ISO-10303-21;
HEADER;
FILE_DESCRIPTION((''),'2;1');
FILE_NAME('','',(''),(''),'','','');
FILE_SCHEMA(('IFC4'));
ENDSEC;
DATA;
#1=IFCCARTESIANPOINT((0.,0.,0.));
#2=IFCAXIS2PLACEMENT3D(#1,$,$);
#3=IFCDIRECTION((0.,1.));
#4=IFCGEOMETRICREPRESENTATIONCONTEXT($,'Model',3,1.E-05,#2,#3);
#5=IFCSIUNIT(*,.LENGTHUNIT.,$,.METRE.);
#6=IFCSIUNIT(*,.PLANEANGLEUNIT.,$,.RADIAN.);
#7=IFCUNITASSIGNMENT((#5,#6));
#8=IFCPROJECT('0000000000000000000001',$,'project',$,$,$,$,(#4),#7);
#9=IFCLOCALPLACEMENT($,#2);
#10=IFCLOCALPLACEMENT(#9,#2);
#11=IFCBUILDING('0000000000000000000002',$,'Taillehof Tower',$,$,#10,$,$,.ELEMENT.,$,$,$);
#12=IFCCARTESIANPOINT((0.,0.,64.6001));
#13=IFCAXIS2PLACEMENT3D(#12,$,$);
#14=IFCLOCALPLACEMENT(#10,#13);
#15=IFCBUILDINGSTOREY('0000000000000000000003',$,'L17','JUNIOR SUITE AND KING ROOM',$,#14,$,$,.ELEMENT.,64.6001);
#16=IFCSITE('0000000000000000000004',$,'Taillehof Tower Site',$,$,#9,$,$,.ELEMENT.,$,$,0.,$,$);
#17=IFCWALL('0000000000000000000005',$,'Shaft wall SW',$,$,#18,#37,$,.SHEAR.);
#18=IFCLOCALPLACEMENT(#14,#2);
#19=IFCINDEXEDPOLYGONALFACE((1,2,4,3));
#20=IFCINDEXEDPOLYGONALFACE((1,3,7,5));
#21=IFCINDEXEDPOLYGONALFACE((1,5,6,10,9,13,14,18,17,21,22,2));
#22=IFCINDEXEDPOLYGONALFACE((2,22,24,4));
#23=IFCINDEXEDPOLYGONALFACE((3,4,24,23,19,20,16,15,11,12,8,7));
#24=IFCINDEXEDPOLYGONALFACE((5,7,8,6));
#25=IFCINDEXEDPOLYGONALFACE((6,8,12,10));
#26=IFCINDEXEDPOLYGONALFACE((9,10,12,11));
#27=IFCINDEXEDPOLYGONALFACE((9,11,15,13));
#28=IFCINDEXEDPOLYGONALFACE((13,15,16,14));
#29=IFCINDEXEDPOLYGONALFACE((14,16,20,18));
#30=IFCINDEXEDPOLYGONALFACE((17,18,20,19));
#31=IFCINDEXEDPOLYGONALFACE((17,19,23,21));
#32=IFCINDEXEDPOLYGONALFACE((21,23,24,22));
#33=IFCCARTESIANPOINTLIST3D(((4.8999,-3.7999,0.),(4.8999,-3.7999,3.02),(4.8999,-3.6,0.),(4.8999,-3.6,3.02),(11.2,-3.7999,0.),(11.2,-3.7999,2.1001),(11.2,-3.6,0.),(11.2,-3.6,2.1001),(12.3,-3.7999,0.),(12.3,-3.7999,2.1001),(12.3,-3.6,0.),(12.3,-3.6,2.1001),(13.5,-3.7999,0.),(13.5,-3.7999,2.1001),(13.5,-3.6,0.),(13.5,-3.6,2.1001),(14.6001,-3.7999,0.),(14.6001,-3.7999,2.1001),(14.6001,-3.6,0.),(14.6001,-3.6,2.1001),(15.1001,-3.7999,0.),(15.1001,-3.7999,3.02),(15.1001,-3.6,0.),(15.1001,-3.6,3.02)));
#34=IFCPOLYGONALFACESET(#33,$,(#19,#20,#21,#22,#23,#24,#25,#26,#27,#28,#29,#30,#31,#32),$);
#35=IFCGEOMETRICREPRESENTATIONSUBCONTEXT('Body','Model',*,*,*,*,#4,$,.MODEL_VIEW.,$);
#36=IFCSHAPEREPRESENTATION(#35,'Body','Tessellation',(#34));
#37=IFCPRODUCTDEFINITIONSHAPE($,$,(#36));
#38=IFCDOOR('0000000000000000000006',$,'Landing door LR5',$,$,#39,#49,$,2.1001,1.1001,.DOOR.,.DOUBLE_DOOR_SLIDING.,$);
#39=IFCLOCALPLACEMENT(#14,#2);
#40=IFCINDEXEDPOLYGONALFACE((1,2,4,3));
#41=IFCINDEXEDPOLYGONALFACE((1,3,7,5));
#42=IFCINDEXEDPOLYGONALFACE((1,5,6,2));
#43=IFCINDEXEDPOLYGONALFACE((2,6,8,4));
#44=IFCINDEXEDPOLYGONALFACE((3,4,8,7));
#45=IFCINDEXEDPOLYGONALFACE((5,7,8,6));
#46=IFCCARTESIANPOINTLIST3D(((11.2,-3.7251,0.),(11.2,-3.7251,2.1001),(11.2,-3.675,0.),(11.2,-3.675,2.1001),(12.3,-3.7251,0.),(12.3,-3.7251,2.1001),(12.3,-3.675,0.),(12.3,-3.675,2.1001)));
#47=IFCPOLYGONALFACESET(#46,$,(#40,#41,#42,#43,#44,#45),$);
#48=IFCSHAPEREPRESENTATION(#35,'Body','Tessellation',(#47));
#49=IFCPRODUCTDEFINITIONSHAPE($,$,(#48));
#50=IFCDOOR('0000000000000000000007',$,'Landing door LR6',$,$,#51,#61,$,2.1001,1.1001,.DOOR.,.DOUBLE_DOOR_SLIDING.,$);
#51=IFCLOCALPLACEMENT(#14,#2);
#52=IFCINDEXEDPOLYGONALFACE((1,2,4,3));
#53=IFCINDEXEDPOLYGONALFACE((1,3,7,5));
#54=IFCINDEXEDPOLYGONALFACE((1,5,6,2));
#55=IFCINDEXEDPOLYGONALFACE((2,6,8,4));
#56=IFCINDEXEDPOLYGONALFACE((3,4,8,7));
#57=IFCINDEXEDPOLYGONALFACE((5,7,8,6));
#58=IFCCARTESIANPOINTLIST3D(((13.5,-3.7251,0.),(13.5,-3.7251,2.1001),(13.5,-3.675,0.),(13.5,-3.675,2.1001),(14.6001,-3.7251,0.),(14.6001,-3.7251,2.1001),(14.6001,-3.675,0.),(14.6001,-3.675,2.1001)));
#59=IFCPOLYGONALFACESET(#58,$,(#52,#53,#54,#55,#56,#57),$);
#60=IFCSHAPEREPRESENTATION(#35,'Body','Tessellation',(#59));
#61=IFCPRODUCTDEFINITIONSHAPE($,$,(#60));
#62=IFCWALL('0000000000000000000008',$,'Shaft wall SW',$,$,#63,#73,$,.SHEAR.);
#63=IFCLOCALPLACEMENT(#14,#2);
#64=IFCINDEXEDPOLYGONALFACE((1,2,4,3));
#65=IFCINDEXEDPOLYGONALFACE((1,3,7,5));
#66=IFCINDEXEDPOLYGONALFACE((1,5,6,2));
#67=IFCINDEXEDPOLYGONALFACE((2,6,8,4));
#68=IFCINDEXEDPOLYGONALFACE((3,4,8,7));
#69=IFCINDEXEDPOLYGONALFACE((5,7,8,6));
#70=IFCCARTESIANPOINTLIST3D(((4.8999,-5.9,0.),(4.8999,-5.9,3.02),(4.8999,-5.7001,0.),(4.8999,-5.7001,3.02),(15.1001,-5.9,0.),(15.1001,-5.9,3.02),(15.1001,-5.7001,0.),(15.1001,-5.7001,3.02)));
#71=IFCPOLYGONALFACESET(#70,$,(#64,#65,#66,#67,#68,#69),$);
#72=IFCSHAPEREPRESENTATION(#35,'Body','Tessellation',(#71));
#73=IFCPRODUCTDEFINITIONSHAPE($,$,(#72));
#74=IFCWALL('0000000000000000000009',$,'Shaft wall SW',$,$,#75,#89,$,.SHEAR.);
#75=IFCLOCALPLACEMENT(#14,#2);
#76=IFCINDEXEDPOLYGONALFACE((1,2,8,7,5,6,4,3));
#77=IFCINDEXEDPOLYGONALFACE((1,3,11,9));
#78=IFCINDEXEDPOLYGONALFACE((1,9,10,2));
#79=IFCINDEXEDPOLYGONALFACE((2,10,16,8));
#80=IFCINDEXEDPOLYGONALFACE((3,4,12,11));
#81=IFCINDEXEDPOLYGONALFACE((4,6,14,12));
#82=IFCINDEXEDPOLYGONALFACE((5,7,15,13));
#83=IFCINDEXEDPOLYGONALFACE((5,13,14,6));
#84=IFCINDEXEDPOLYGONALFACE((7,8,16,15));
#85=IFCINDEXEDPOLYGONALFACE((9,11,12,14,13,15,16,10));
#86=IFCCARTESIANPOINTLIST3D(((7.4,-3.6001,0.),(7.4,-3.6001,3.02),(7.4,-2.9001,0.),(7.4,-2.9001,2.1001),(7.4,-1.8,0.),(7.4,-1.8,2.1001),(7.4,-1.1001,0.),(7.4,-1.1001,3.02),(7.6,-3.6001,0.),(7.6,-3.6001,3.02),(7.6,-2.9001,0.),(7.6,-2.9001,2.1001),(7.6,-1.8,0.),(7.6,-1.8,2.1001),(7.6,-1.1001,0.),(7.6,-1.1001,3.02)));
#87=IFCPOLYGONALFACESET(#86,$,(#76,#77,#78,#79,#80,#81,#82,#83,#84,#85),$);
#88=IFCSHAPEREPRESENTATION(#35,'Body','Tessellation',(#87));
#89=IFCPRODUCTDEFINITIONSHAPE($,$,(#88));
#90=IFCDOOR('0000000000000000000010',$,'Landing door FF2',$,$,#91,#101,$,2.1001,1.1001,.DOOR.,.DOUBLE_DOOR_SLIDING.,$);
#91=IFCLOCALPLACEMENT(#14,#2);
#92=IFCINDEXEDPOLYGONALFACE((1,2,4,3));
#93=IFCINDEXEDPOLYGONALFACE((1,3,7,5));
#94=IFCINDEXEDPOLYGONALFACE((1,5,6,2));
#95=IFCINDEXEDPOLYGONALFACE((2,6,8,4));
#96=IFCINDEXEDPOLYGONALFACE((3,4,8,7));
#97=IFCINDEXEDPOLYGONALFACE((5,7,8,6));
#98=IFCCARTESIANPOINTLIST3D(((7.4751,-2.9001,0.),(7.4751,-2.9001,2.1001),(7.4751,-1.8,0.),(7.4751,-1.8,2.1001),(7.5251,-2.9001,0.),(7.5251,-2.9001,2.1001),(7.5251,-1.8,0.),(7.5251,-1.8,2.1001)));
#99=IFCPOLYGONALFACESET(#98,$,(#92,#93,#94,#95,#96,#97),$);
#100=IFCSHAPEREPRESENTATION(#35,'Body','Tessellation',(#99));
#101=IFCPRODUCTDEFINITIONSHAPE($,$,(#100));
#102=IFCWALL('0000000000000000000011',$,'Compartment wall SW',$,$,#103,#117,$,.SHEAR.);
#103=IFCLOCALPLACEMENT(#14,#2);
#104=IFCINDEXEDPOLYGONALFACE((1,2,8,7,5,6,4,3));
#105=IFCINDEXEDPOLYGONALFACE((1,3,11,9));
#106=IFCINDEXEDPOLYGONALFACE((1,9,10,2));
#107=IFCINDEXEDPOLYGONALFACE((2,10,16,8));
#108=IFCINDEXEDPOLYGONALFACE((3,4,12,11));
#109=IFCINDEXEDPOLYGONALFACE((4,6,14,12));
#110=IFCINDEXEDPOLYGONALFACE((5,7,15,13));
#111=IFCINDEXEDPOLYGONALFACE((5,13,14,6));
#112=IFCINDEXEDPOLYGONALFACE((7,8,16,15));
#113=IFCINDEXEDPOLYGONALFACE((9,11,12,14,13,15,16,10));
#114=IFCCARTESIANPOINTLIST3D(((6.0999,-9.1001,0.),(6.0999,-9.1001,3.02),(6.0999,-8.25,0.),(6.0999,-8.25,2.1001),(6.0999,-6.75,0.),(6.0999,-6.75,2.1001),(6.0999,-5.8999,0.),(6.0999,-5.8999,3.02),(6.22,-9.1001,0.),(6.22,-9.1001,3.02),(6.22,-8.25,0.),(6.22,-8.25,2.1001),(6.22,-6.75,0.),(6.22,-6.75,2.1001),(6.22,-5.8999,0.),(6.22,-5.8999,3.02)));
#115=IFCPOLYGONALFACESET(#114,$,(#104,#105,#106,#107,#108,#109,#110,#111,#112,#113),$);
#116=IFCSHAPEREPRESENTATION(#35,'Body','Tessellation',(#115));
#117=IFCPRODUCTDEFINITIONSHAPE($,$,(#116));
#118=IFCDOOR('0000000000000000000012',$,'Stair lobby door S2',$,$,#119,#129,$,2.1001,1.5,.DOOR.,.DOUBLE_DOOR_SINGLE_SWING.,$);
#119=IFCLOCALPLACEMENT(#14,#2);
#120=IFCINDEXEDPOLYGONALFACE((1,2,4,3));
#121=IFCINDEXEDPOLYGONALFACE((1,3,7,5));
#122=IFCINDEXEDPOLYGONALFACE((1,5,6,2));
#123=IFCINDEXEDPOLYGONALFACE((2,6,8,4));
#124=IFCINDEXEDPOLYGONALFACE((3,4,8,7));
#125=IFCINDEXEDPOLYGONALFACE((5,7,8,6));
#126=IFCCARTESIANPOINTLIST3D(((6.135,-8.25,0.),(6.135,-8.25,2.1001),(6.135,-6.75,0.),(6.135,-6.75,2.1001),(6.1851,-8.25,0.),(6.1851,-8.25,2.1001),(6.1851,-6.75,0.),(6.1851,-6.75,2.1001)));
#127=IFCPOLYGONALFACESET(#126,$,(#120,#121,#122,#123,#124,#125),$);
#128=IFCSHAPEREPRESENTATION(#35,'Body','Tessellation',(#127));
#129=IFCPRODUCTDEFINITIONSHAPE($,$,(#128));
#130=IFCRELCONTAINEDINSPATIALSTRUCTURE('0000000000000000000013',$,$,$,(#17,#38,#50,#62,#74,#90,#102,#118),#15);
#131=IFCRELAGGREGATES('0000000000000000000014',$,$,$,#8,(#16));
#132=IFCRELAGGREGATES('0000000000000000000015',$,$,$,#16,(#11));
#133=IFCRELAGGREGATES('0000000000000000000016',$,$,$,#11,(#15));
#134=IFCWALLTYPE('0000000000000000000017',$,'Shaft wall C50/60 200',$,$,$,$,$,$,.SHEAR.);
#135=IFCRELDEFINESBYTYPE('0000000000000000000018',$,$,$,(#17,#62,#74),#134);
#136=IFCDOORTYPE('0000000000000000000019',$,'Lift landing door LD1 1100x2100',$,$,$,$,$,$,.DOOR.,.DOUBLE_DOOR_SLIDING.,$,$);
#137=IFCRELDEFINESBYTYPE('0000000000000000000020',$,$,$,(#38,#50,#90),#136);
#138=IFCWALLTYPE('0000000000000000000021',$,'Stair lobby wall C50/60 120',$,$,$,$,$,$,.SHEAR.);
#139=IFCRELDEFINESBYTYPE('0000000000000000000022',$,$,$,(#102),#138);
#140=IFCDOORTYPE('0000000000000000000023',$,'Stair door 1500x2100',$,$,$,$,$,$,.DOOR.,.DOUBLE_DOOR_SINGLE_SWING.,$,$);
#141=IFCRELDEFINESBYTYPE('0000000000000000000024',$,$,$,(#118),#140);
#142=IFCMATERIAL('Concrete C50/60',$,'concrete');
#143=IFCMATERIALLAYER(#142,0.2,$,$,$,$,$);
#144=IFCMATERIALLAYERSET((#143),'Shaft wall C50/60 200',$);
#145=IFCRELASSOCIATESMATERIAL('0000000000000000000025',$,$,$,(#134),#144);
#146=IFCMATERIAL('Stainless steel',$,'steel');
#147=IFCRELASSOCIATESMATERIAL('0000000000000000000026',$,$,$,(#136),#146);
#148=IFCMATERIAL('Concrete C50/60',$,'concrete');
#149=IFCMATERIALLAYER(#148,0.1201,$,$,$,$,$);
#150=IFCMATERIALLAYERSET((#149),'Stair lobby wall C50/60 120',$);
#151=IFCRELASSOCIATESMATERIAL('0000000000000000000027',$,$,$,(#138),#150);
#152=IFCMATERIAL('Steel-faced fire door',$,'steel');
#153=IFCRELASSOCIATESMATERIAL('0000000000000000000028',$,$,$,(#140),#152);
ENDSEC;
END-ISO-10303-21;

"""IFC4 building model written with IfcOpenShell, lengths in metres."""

from ifc_helpers import new_model, si_unit, direction, frame, frame_2d, origin, place, context, subcontext, project, spatial, rectangle, extrude, material, layer, layer_set, type_object, element, fill, save


model = new_model("IFC4")

# Units and contexts
model_context = context("Model", 3, precision=1e-05, world=origin(), true_north=direction((0.0, 1.0)))
body_context = subcontext(model_context, "Body", "Model", "MODEL_VIEW")
ifc_project = project(units=[si_unit("LENGTHUNIT", "METRE"), si_unit("PLANEANGLEUNIT", "RADIAN")], contexts=[model_context])

# Site, building, storey
site_placement = place(None, origin())
site = spatial("IfcSite", under=ifc_project, at=site_placement, Name="Taillehof Tower Site", CompositionType="ELEMENT", RefElevation=0.0)
building_placement = place(site_placement, origin())
building = spatial("IfcBuilding", under=site, at=building_placement, Name="Taillehof Tower", CompositionType="ELEMENT")
storey_placement = place(building_placement, frame((0.0, 0.0, 64.6001)))
storey = spatial("IfcBuildingStorey", under=building, at=storey_placement, Name="L17", Description="JUNIOR SUITE AND KING ROOM", CompositionType="ELEMENT", Elevation=64.6001)

# Shared definitions
ifc_material_1 = material(Name="Concrete C50/60", Category="concrete")
ifc_layer_1 = layer(ifc_material_1, 0.2)
ifc_layer_set_1 = layer_set([ifc_layer_1], Name="Shaft wall C50/60 200")
wall_type_1 = type_object("IfcWallType", Name="Shaft wall C50/60 200", PredefinedType="SHEAR", material=ifc_layer_set_1)

# Wall, openings, doors
wall_1_placement = place(storey_placement, frame((4.8999, -3.7, 0.0), z_axis=(0.0, 0.0, 1.0), x_axis=(1.0, 0.0, 0.0)))
wall_1 = element("IfcWall", 1, at=wall_1_placement, inside=storey, type_object=wall_type_1, Name="Shaft wall SW", PredefinedType="SHEAR", context=body_context, shape_type="SweptSolid", body=[
    extrude(rectangle(XDim=10.2002, YDim=0.2, at=frame_2d((5.1001, 0.0))), origin(), (0.0, 0.0, 1.0), 3.02),
])
opening_1_placement = place(wall_1_placement, frame((6.3, 0.0, 0.0)))
opening_1 = element("IfcOpeningElement", 2, at=opening_1_placement, cuts=wall_1, PredefinedType="OPENING", context=body_context, shape_type="SweptSolid", body=[
    extrude(rectangle(XDim=1.1001, YDim=2.1001, at=frame_2d((0.55, 1.05))), frame((0.0, 0.1099, 0.0), z_axis=(0.0, -1.0, 0.0), x_axis=(1.0, 0.0, 0.0)), (0.0, 0.0, 1.0), 0.22),
])
opening_2_placement = place(wall_1_placement, frame((8.6001, 0.0, 0.0)))
opening_2 = element("IfcOpeningElement", 3, at=opening_2_placement, cuts=wall_1, PredefinedType="OPENING", context=body_context, shape_type="SweptSolid", body=[
    extrude(rectangle(XDim=1.1001, YDim=2.1001, at=frame_2d((0.55, 1.05))), frame((0.0, 0.1099, 0.0), z_axis=(0.0, -1.0, 0.0), x_axis=(1.0, 0.0, 0.0)), (0.0, 0.0, 1.0), 0.22),
])
ifc_material_2 = material(Name="Stainless steel", Category="steel")
door_type_1 = type_object("IfcDoorType", Name="Lift landing door LD1 1100x2100", OperationType="DOUBLE_DOOR_SLIDING", PredefinedType="DOOR", material=ifc_material_2)
door_1_placement = place(opening_1_placement, origin())
door_1 = element("IfcDoor", 4, at=door_1_placement, inside=storey, type_object=door_type_1, Name="Landing door LR5", OperationType="DOUBLE_DOOR_SLIDING", OverallHeight=2.1001, OverallWidth=1.1001, PredefinedType="DOOR", context=body_context, shape_type="SweptSolid", body=[
    extrude(rectangle(XDim=1.1001, YDim=2.1001, at=frame_2d((0.55, 1.05))), frame((0.0, 0.0249, 0.0), z_axis=(0.0, -1.0, 0.0), x_axis=(1.0, 0.0, 0.0)), (0.0, 0.0, 1.0), 0.05),
])
fill(opening_1, door_1)
door_2_placement = place(opening_2_placement, origin())
door_2 = element("IfcDoor", 5, at=door_2_placement, inside=storey, type_object=door_type_1, Name="Landing door LR6", OperationType="DOUBLE_DOOR_SLIDING", OverallHeight=2.1001, OverallWidth=1.1001, PredefinedType="DOOR", context=body_context, shape_type="SweptSolid", body=[
    extrude(rectangle(XDim=1.1001, YDim=2.1001, at=frame_2d((0.55, 1.05))), frame((0.0, 0.0249, 0.0), z_axis=(0.0, -1.0, 0.0), x_axis=(1.0, 0.0, 0.0)), (0.0, 0.0, 1.0), 0.05),
])
fill(opening_2, door_2)

# Wall
wall_2_placement = place(storey_placement, frame((4.8999, -5.8, 0.0), z_axis=(0.0, 0.0, 1.0), x_axis=(1.0, 0.0, 0.0)))
element("IfcWall", 6, at=wall_2_placement, inside=storey, type_object=wall_type_1, Name="Shaft wall SW", PredefinedType="SHEAR", context=body_context, shape_type="SweptSolid", body=[
    extrude(rectangle(XDim=10.2002, YDim=0.2, at=frame_2d((5.1001, 0.0))), origin(), (0.0, 0.0, 1.0), 3.02),
])

# Walls, openings, doors
wall_3_placement = place(storey_placement, frame((7.5, -3.6001, 0.0), z_axis=(0.0, 0.0, 1.0), x_axis=(0.0, 1.0, 0.0)))
wall_3 = element("IfcWall", 7, at=wall_3_placement, inside=storey, type_object=wall_type_1, Name="Shaft wall SW", PredefinedType="SHEAR", context=body_context, shape_type="SweptSolid", body=[
    extrude(rectangle(XDim=2.5, YDim=0.2, at=frame_2d((1.25, 0.0))), origin(), (0.0, 0.0, 1.0), 3.02),
])
opening_3_placement = place(wall_3_placement, frame((0.7, 0.0, 0.0)))
opening_3 = element("IfcOpeningElement", 8, at=opening_3_placement, cuts=wall_3, PredefinedType="OPENING", context=body_context, shape_type="SweptSolid", body=[
    extrude(rectangle(XDim=1.1001, YDim=2.1001, at=frame_2d((0.55, 1.05))), frame((0.0, 0.1099, 0.0), z_axis=(0.0, -1.0, 0.0), x_axis=(1.0, 0.0, 0.0)), (0.0, 0.0, 1.0), 0.22),
])
door_3_placement = place(opening_3_placement, origin())
door_3 = element("IfcDoor", 9, at=door_3_placement, inside=storey, type_object=door_type_1, Name="Landing door FF2", OperationType="DOUBLE_DOOR_SLIDING", OverallHeight=2.1001, OverallWidth=1.1001, PredefinedType="DOOR", context=body_context, shape_type="SweptSolid", body=[
    extrude(rectangle(XDim=1.1001, YDim=2.1001, at=frame_2d((0.55, 1.05))), frame((0.0, 0.0249, 0.0), z_axis=(0.0, -1.0, 0.0), x_axis=(1.0, 0.0, 0.0)), (0.0, 0.0, 1.0), 0.05),
])
fill(opening_3, door_3)
ifc_material_3 = material(Name="Concrete C50/60", Category="concrete")
ifc_layer_2 = layer(ifc_material_3, 0.1201)
ifc_layer_set_2 = layer_set([ifc_layer_2], Name="Stair lobby wall C50/60 120")
wall_type_2 = type_object("IfcWallType", Name="Stair lobby wall C50/60 120", PredefinedType="SHEAR", material=ifc_layer_set_2)
wall_4_placement = place(storey_placement, frame((6.1599, -9.1001, 0.0), z_axis=(0.0, 0.0, 1.0), x_axis=(0.0, 1.0, 0.0)))
wall_4 = element("IfcWall", 10, at=wall_4_placement, inside=storey, type_object=wall_type_2, Name="Compartment wall SW", PredefinedType="SHEAR", context=body_context, shape_type="SweptSolid", body=[
    extrude(rectangle(XDim=3.2002, YDim=0.1201, at=frame_2d((1.6001, 0.0))), origin(), (0.0, 0.0, 1.0), 3.02),
])
opening_4_placement = place(wall_4_placement, frame((0.8501, 0.0, 0.0)))
opening_4 = element("IfcOpeningElement", 11, at=opening_4_placement, cuts=wall_4, PredefinedType="OPENING", context=body_context, shape_type="SweptSolid", body=[
    extrude(rectangle(XDim=1.5, YDim=2.1001, at=frame_2d((0.75, 1.05))), frame((0.0, 0.0701, 0.0), z_axis=(0.0, -1.0, 0.0), x_axis=(1.0, 0.0, 0.0)), (0.0, 0.0, 1.0), 0.1401),
])
ifc_material_4 = material(Name="Steel-faced fire door", Category="steel")
door_type_2 = type_object("IfcDoorType", Name="Stair door 1500x2100", OperationType="DOUBLE_DOOR_SINGLE_SWING", PredefinedType="DOOR", material=ifc_material_4)
door_4_placement = place(opening_4_placement, origin())
door_4 = element("IfcDoor", 12, at=door_4_placement, inside=storey, type_object=door_type_2, Name="Stair lobby door S2", OperationType="DOUBLE_DOOR_SINGLE_SWING", OverallHeight=2.1001, OverallWidth=1.5, PredefinedType="DOOR", context=body_context, shape_type="SweptSolid", body=[
    extrude(rectangle(XDim=1.5, YDim=2.1001, at=frame_2d((0.75, 1.05))), frame((0.0, 0.0249, 0.0), z_axis=(0.0, -1.0, 0.0), x_axis=(1.0, 0.0, 0.0)), (0.0, 0.0, 1.0), 0.05),
])
fill(opening_4, door_4)

save(model, "model.ifc")
